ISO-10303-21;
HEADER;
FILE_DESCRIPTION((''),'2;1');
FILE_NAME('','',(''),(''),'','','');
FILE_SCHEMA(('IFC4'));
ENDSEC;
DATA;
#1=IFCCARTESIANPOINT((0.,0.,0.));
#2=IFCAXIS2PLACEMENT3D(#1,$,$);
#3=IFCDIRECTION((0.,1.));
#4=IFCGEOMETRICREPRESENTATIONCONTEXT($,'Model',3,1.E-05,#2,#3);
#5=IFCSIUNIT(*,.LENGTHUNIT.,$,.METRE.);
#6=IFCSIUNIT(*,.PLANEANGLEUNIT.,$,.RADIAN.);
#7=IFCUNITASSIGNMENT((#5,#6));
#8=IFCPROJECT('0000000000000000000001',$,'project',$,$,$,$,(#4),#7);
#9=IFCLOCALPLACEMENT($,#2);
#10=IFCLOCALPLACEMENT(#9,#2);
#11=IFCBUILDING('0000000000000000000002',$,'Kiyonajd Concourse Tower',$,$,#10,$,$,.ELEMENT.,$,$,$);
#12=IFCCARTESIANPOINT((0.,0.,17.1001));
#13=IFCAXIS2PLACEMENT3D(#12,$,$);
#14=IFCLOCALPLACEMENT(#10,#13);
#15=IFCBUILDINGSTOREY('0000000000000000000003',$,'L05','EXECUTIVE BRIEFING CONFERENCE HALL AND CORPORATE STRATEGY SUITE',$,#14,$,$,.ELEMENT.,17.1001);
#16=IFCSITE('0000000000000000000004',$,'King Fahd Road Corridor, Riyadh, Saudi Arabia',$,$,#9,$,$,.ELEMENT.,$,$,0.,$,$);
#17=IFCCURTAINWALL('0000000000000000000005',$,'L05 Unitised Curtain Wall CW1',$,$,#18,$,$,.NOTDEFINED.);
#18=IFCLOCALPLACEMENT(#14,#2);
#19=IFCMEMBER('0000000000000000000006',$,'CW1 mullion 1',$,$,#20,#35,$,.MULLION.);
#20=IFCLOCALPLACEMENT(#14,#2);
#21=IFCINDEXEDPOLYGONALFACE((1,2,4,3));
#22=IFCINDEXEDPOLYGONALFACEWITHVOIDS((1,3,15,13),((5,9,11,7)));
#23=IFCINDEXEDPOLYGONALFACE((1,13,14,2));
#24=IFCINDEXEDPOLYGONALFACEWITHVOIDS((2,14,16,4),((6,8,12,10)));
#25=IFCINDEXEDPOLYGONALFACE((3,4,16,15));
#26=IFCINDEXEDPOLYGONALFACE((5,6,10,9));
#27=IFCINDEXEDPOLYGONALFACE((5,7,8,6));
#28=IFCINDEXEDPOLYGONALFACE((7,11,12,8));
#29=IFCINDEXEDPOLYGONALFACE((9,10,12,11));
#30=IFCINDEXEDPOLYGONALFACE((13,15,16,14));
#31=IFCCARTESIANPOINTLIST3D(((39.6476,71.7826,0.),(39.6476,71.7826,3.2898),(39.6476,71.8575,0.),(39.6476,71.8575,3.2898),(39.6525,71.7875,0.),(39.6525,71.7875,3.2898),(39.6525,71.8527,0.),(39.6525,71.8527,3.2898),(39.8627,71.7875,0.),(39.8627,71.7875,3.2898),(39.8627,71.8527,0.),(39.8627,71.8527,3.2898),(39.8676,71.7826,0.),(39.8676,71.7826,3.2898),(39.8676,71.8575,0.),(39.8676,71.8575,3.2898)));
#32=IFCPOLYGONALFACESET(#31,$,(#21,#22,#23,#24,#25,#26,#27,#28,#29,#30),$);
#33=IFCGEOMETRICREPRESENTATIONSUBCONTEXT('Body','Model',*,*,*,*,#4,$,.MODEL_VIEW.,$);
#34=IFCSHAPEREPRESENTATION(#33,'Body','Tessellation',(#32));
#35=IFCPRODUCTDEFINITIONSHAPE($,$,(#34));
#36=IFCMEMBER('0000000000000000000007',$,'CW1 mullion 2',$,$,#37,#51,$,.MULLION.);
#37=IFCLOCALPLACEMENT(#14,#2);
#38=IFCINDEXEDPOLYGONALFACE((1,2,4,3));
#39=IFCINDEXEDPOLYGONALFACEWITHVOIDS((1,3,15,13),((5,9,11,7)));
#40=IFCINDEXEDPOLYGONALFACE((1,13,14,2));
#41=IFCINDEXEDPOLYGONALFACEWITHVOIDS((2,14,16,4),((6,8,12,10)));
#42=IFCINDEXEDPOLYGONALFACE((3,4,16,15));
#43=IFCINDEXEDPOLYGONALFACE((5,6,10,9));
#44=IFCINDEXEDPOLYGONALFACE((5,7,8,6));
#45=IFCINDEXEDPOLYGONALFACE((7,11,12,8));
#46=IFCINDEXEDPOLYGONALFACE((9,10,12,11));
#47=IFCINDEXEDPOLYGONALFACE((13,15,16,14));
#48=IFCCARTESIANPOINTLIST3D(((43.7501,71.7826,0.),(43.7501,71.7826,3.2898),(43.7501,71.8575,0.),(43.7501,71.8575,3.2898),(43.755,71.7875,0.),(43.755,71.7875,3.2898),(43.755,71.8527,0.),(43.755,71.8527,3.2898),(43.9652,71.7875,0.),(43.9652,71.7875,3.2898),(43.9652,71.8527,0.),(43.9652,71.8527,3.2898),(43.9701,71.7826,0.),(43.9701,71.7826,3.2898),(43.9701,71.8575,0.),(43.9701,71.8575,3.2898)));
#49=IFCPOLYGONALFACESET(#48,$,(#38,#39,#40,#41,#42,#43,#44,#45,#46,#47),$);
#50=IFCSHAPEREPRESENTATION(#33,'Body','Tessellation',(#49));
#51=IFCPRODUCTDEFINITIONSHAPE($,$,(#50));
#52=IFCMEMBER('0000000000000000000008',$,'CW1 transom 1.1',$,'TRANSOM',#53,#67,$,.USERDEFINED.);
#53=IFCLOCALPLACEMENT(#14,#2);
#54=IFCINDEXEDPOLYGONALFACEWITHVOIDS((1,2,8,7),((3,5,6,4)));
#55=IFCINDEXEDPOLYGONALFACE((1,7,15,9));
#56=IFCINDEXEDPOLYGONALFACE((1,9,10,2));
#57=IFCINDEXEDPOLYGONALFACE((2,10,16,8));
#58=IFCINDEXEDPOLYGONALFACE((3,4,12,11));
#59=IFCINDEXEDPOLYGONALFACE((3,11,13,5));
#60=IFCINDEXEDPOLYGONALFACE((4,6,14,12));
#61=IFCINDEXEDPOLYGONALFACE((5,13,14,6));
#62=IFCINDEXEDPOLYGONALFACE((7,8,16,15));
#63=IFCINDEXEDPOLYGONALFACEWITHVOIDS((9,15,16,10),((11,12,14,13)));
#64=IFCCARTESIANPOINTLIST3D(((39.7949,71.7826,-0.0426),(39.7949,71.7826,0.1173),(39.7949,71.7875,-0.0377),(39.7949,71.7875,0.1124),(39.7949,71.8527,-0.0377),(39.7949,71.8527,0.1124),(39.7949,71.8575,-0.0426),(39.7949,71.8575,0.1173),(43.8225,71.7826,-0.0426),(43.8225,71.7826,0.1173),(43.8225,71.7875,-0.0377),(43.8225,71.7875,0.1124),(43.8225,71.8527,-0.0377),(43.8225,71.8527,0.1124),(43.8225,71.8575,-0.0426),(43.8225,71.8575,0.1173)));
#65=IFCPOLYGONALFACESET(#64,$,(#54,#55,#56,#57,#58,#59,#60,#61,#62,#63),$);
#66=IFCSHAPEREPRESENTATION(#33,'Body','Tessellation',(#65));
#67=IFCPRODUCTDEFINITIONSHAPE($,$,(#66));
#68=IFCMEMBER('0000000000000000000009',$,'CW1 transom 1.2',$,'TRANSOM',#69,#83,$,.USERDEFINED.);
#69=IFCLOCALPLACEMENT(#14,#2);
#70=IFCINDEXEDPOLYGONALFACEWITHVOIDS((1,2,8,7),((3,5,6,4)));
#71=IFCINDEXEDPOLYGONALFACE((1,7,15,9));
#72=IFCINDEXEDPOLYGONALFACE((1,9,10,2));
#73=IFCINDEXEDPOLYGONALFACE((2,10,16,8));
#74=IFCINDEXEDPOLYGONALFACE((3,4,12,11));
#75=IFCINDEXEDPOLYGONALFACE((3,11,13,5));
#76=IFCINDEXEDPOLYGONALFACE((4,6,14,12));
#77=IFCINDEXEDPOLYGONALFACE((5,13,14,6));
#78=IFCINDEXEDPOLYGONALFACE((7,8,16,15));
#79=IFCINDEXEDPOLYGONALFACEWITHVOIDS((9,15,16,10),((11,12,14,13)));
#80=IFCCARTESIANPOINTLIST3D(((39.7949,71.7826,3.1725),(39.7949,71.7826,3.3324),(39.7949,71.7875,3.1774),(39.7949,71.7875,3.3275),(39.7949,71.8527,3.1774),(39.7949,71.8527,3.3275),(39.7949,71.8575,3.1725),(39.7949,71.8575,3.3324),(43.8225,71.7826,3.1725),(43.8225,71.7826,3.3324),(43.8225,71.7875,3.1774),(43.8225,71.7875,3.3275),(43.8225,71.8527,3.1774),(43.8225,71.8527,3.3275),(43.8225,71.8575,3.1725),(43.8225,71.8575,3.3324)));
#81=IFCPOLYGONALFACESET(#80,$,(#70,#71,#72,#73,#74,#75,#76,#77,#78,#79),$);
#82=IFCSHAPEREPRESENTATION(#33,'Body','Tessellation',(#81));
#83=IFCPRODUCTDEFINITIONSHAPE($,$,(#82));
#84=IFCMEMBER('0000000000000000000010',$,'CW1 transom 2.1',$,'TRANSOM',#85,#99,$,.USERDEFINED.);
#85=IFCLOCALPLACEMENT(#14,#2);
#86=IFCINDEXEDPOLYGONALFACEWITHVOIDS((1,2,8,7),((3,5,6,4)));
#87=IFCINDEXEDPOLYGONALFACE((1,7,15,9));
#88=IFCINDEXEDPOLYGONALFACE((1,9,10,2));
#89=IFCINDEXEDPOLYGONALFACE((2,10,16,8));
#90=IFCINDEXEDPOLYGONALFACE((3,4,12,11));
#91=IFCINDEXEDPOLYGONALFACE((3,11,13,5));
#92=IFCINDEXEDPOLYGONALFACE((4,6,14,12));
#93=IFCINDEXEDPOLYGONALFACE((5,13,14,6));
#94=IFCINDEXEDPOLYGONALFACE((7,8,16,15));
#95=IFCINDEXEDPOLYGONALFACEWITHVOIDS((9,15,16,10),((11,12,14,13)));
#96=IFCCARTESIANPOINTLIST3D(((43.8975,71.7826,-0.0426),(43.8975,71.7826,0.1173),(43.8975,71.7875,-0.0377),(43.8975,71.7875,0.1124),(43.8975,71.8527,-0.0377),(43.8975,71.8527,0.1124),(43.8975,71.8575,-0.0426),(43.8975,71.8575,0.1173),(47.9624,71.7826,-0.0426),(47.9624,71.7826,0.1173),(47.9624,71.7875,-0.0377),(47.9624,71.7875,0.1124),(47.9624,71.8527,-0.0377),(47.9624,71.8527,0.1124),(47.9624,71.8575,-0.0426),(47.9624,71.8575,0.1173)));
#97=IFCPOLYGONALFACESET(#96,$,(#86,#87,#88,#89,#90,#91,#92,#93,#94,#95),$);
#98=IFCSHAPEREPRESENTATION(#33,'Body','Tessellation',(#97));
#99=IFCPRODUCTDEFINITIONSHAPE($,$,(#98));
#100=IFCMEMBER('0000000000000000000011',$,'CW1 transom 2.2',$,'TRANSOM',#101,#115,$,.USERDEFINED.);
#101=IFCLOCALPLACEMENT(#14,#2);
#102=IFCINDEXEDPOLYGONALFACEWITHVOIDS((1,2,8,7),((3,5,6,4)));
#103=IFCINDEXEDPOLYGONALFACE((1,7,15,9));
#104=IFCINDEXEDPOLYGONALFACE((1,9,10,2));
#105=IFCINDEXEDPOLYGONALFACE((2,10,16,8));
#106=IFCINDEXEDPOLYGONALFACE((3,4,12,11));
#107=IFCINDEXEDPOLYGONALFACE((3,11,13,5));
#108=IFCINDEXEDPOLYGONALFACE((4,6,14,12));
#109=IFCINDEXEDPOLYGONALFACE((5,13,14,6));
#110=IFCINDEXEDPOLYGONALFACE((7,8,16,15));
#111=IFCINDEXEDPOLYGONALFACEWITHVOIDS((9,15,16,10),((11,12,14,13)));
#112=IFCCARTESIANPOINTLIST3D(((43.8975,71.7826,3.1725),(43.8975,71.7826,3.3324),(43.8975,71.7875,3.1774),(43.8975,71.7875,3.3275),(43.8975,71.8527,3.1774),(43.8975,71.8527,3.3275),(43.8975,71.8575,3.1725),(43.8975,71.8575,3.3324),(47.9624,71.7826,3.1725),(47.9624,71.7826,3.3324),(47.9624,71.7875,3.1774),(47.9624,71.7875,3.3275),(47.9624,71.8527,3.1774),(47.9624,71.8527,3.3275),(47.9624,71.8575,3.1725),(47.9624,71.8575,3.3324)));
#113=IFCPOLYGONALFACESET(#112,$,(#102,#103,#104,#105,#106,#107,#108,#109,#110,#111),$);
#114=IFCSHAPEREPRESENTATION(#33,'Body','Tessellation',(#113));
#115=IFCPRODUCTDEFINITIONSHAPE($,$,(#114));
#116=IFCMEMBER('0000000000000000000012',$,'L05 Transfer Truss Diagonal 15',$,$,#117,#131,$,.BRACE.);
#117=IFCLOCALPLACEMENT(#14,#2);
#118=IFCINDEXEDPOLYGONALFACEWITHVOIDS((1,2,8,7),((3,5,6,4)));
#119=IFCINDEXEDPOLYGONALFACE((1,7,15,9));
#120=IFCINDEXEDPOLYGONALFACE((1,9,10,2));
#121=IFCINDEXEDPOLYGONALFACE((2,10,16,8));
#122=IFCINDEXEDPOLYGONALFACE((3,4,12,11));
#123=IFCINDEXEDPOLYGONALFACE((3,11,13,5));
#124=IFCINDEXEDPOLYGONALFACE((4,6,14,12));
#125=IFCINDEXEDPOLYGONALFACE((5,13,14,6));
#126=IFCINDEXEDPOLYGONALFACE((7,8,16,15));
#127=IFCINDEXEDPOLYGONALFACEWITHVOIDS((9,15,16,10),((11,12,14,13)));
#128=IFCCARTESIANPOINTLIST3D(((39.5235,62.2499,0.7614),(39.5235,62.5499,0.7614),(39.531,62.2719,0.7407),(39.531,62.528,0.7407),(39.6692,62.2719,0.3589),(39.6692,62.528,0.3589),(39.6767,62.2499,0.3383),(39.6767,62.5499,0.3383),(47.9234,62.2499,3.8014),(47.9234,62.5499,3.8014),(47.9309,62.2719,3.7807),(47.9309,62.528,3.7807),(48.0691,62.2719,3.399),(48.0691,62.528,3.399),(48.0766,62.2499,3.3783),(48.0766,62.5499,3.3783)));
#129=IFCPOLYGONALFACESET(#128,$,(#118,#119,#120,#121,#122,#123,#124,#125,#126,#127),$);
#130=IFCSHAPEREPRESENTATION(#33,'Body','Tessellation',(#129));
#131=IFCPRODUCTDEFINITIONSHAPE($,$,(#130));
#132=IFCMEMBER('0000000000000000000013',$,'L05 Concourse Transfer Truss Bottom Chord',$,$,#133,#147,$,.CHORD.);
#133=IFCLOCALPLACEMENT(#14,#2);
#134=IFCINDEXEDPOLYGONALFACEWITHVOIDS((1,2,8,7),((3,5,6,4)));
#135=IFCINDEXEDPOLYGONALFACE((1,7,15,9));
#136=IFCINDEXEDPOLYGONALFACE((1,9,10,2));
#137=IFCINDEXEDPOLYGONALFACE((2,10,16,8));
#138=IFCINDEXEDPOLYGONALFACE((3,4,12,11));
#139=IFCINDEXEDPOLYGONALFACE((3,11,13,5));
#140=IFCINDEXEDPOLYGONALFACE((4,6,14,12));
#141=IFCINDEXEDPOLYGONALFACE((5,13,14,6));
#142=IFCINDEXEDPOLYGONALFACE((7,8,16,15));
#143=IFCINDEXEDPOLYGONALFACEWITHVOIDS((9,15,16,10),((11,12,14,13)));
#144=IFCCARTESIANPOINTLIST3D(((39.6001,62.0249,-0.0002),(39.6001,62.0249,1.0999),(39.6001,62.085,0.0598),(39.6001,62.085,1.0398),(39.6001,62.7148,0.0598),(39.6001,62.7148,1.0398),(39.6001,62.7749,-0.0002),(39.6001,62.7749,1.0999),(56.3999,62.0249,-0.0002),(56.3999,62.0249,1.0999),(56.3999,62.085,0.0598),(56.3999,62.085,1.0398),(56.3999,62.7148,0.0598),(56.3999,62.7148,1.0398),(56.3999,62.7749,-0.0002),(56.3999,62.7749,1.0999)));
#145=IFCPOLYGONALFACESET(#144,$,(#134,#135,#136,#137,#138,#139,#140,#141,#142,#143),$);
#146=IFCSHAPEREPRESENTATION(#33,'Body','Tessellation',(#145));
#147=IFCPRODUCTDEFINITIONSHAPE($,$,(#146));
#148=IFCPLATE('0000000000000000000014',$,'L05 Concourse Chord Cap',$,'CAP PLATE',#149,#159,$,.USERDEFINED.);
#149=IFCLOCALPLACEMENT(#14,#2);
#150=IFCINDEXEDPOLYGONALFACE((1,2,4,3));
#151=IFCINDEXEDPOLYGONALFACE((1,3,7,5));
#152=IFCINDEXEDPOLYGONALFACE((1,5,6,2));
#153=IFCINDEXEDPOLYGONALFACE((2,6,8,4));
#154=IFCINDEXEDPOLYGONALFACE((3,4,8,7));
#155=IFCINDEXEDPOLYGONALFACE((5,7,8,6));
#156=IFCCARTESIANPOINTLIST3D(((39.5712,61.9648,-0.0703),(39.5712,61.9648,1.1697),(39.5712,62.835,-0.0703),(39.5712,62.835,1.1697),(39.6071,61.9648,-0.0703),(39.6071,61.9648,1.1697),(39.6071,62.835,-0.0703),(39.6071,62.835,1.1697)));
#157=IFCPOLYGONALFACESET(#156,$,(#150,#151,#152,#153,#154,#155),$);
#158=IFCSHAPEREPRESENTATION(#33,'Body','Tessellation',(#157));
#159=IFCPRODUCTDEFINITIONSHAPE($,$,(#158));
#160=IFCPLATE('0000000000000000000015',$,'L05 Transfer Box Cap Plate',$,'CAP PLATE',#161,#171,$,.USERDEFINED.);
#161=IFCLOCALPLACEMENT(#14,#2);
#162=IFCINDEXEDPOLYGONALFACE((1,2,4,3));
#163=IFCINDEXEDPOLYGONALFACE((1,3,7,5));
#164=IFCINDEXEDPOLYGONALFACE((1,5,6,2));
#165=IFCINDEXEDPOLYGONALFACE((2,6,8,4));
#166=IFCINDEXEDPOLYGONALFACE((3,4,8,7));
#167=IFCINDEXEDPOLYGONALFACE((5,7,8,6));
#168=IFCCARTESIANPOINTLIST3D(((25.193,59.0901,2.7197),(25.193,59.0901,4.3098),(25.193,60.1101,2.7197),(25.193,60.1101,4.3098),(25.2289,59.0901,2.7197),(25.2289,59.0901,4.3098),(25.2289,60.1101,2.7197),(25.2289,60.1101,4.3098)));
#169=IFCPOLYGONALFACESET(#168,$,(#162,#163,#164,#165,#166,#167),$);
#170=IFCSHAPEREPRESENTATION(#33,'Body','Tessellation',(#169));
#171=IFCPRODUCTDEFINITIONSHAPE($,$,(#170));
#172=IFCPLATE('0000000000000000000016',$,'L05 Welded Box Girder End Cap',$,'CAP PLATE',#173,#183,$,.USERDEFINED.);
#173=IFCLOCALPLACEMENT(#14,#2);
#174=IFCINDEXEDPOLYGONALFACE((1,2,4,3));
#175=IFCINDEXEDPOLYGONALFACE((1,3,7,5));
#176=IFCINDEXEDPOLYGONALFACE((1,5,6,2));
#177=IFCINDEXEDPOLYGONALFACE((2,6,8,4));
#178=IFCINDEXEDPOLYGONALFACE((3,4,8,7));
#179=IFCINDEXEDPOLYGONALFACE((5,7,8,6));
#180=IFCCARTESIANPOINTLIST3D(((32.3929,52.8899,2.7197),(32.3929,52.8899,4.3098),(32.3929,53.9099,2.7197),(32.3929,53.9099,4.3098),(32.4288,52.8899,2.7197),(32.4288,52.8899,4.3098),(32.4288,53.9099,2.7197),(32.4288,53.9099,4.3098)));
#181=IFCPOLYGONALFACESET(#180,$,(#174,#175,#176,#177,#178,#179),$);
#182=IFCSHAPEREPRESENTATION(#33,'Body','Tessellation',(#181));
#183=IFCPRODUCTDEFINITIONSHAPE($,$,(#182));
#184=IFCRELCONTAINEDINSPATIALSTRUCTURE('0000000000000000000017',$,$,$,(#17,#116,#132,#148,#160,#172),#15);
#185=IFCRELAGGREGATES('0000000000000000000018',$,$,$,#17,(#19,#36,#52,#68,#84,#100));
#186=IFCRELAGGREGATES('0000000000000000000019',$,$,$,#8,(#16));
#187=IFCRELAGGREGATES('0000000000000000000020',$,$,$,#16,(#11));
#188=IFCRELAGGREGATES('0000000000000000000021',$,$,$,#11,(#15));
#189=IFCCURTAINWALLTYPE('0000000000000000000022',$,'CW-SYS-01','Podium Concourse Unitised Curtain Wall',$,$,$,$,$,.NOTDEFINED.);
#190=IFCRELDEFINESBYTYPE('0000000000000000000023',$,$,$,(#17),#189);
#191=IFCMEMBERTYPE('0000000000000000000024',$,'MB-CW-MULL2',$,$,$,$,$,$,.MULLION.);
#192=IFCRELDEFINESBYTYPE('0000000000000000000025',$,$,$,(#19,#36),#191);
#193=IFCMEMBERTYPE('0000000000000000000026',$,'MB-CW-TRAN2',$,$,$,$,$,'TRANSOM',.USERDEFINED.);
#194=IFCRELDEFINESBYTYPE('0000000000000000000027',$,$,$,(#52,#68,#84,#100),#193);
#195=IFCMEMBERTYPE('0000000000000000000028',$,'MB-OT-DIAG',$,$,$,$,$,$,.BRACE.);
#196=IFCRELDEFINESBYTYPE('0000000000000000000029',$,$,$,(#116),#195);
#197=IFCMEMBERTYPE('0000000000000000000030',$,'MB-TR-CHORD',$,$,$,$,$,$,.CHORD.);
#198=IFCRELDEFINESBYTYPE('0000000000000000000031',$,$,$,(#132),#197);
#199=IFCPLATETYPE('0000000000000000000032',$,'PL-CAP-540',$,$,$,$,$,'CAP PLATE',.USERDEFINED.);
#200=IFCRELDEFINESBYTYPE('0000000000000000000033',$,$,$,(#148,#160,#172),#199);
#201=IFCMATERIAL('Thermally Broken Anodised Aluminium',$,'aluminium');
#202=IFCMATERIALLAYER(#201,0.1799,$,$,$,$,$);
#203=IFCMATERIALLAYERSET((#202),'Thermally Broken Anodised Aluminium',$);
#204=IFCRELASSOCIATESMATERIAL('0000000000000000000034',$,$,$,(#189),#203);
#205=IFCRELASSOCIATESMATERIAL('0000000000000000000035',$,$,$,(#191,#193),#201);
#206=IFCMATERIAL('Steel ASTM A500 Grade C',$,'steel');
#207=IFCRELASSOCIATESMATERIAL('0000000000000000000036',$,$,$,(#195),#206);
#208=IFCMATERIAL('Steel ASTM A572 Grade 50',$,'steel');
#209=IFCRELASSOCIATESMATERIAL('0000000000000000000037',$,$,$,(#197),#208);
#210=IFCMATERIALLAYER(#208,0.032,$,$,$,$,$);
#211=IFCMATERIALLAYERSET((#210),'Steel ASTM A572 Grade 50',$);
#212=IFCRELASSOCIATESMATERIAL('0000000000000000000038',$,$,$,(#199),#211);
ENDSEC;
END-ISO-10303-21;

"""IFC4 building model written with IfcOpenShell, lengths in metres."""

from ifc_helpers import new_model, si_unit, direction, frame, origin, origin_2d, place, context, subcontext, project, spatial, rectangle, hollow_rectangle, extrude, material, layer, layer_set, material_profile, profile_set, type_object, element, aggregate, save


model = new_model("IFC4")

# Units and contexts
model_context = context("Model", 3, precision=1e-05, world=origin(), true_north=direction((0.0, 1.0)))
body_context = subcontext(model_context, "Body", "Model", "MODEL_VIEW")
ifc_project = project(units=[si_unit("LENGTHUNIT", "METRE"), si_unit("PLANEANGLEUNIT", "RADIAN")], contexts=[model_context])

# Site, building, storey
site_placement = place(None, origin())
site = spatial("IfcSite", under=ifc_project, at=site_placement, Name="King Fahd Road Corridor, Riyadh, Saudi Arabia", CompositionType="ELEMENT", RefElevation=0.0)
building_placement = place(site_placement, origin())
building = spatial("IfcBuilding", under=site, at=building_placement, Name="Kiyonajd Concourse Tower", CompositionType="ELEMENT")
storey_placement = place(building_placement, frame((0.0, 0.0, 17.1001)))
storey = spatial("IfcBuildingStorey", under=building, at=storey_placement, Name="L05", Description="EXECUTIVE BRIEFING CONFERENCE HALL AND CORPORATE STRATEGY SUITE", CompositionType="ELEMENT", Elevation=17.1001)

# Shared definitions
ifc_material_1 = material(Name="Steel ASTM A572 Grade 50", Category="steel")

# Curtain wall, members
ifc_material_2 = material(Name="Thermally Broken Anodised Aluminium", Category="aluminium")
ifc_layer_1 = layer(ifc_material_2, 0.1799)
ifc_layer_set_1 = layer_set([ifc_layer_1], Name="Thermally Broken Anodised Aluminium")
curtain_wall_type = type_object("IfcCurtainWallType", Name="CW-SYS-01", Description="Podium Concourse Unitised Curtain Wall", PredefinedType="NOTDEFINED", material=ifc_layer_set_1)
curtain_wall_placement = place(storey_placement, origin())
curtain_wall = element("IfcCurtainWall", 1, at=curtain_wall_placement, inside=storey, type_object=curtain_wall_type, Name="L05 Unitised Curtain Wall CW1", PredefinedType="NOTDEFINED")
ifc_material_profile_1 = material_profile(ifc_material_2, hollow_rectangle(XDim=0.075, YDim=0.22, WallThickness=0.0049, at=origin_2d()), Name="MULL-75x220")
ifc_profile_set_1 = profile_set([ifc_material_profile_1], Name="Thermally Broken Anodised Aluminium")
member_type_1 = type_object("IfcMemberType", Name="MB-CW-MULL2", PredefinedType="MULLION", material=ifc_profile_set_1)
member_1_placement = place(storey_placement, frame((39.7576, 71.8201, 0.0), z_axis=(0.0, 0.0, 1.0), x_axis=(0.0, 1.0, 0.0)))
member_1 = element("IfcMember", 2, at=member_1_placement, type_object=member_type_1, Name="CW1 mullion 1", PredefinedType="MULLION", context=body_context, shape_type="SweptSolid", body=[
    extrude(hollow_rectangle(XDim=0.075, YDim=0.22, WallThickness=0.0049, at=origin_2d()), origin(), (0.0, 0.0, 1.0), 3.2898),
])
member_2_placement = place(storey_placement, frame((43.8601, 71.8201, 0.0), z_axis=(0.0, 0.0, 1.0), x_axis=(0.0, 1.0, 0.0)))
member_2 = element("IfcMember", 3, at=member_2_placement, type_object=member_type_1, Name="CW1 mullion 2", PredefinedType="MULLION", context=body_context, shape_type="SweptSolid", body=[
    extrude(hollow_rectangle(XDim=0.075, YDim=0.22, WallThickness=0.0049, at=origin_2d()), origin(), (0.0, 0.0, 1.0), 3.2898),
])
ifc_material_profile_2 = material_profile(ifc_material_2, hollow_rectangle(XDim=0.075, YDim=0.1599, WallThickness=0.0049, at=origin_2d()), Name="TRAN-75x160")
ifc_profile_set_2 = profile_set([ifc_material_profile_2], Name="Thermally Broken Anodised Aluminium")
member_type_2 = type_object("IfcMemberType", Name="MB-CW-TRAN2", ElementType="TRANSOM", PredefinedType="USERDEFINED", material=ifc_profile_set_2)
member_3_placement = place(storey_placement, frame((39.7949, 71.8201, 0.0374), z_axis=(1.0, 0.0, 0.0), x_axis=(0.0, 1.0, 0.0)))
member_3 = element("IfcMember", 4, at=member_3_placement, type_object=member_type_2, Name="CW1 transom 1.1", ObjectType="TRANSOM", PredefinedType="USERDEFINED", context=body_context, shape_type="SweptSolid", body=[
    extrude(hollow_rectangle(XDim=0.075, YDim=0.1599, WallThickness=0.0049, at=origin_2d()), origin(), (0.0, 0.0, 1.0), 4.0276),
])
member_4_placement = place(storey_placement, frame((39.7949, 71.8201, 3.2524), z_axis=(1.0, 0.0, 0.0), x_axis=(0.0, 1.0, 0.0)))
member_4 = element("IfcMember", 5, at=member_4_placement, type_object=member_type_2, Name="CW1 transom 1.2", ObjectType="TRANSOM", PredefinedType="USERDEFINED", context=body_context, shape_type="SweptSolid", body=[
    extrude(hollow_rectangle(XDim=0.075, YDim=0.1599, WallThickness=0.0049, at=origin_2d()), origin(), (0.0, 0.0, 1.0), 4.0276),
])
member_5_placement = place(storey_placement, frame((43.8975, 71.8201, 0.0374), z_axis=(1.0, 0.0, 0.0), x_axis=(0.0, 1.0, 0.0)))
member_5 = element("IfcMember", 6, at=member_5_placement, type_object=member_type_2, Name="CW1 transom 2.1", ObjectType="TRANSOM", PredefinedType="USERDEFINED", context=body_context, shape_type="SweptSolid", body=[
    extrude(hollow_rectangle(XDim=0.075, YDim=0.1599, WallThickness=0.0049, at=origin_2d()), origin(), (0.0, 0.0, 1.0), 4.0649),
])
member_6_placement = place(storey_placement, frame((43.8975, 71.8201, 3.2524), z_axis=(1.0, 0.0, 0.0), x_axis=(0.0, 1.0, 0.0)))
member_6 = element("IfcMember", 7, at=member_6_placement, type_object=member_type_2, Name="CW1 transom 2.2", ObjectType="TRANSOM", PredefinedType="USERDEFINED", context=body_context, shape_type="SweptSolid", body=[
    extrude(hollow_rectangle(XDim=0.075, YDim=0.1599, WallThickness=0.0049, at=origin_2d()), origin(), (0.0, 0.0, 1.0), 4.0649),
])

# Members
ifc_material_3 = material(Name="Steel ASTM A500 Grade C", Category="steel")
ifc_material_profile_3 = material_profile(ifc_material_3, hollow_rectangle(XDim=0.3, YDim=0.45, WallThickness=0.022, at=origin_2d()), Name="HSS-450x300x22")
ifc_profile_set_3 = profile_set([ifc_material_profile_3], Name="Steel ASTM A500 Grade C")
member_type_3 = type_object("IfcMemberType", Name="MB-OT-DIAG", PredefinedType="BRACE", material=ifc_profile_set_3)
member_7_placement = place(storey_placement, frame((39.6001, 62.3999, 0.5498), z_axis=(0.940313, 0.0, 0.340312), x_axis=(0.0, 1.0, 0.0)))
element("IfcMember", 8, at=member_7_placement, inside=storey, type_object=member_type_3, Name="L05 Transfer Truss Diagonal 15", PredefinedType="BRACE", context=body_context, shape_type="SweptSolid", body=[
    extrude(hollow_rectangle(XDim=0.3, YDim=0.45, WallThickness=0.022, at=origin_2d()), origin(), (0.0, 0.0, 1.0), 8.9331),
])
ifc_material_profile_4 = material_profile(ifc_material_1, hollow_rectangle(XDim=0.75, YDim=1.1001, WallThickness=0.0601, at=origin_2d()), Name="BOX-1100x750x60")
ifc_profile_set_4 = profile_set([ifc_material_profile_4], Name="Steel ASTM A572 Grade 50")
member_type_4 = type_object("IfcMemberType", Name="MB-TR-CHORD", PredefinedType="CHORD", material=ifc_profile_set_4)
member_8_placement = place(storey_placement, frame((39.6001, 62.3999, 0.5498), z_axis=(1.0, 0.0, 0.0), x_axis=(0.0, 1.0, 0.0)))
element("IfcMember", 9, at=member_8_placement, inside=storey, type_object=member_type_4, Name="L05 Concourse Transfer Truss Bottom Chord", PredefinedType="CHORD", context=body_context, shape_type="SweptSolid", body=[
    extrude(hollow_rectangle(XDim=0.75, YDim=1.1001, WallThickness=0.0601, at=origin_2d()), origin(), (0.0, 0.0, 1.0), 16.7998),
])

# Plates
ifc_layer_2 = layer(ifc_material_1, 0.032)
ifc_layer_set_2 = layer_set([ifc_layer_2], Name="Steel ASTM A572 Grade 50")
plate_type_1 = type_object("IfcPlateType", Name="PL-CAP-540", ElementType="CAP PLATE", PredefinedType="USERDEFINED", material=ifc_layer_set_2)
plate_1_placement = place(storey_placement, frame((39.5891, 62.3999, -0.0703), z_axis=(0.0, 0.0, 1.0), x_axis=(-1.0, 0.0, 0.0)))
element("IfcPlate", 10, at=plate_1_placement, inside=storey, type_object=plate_type_1, Name="L05 Concourse Chord Cap", ObjectType="CAP PLATE", PredefinedType="USERDEFINED", context=body_context, shape_type="SweptSolid", body=[
    extrude(rectangle(XDim=0.0359, YDim=0.8701, at=origin_2d()), origin(), (0.0, 0.0, 1.0), 1.24),
])
for number, where, z_axis, x_axis, name in (
    (11, (25.2109, 59.6001, 2.7197), (0.0, 0.0, 1.0), (1.0, 0.0, 0.0), "L05 Transfer Box Cap Plate"),
    (12, (32.4109, 53.3999, 2.7197), (0.0, 0.0, 1.0), (1.0, 0.0, 0.0), "L05 Welded Box Girder End Cap"),
):
    element("IfcPlate", number, at=place(storey_placement, frame(where, z_axis=z_axis, x_axis=x_axis)), inside=storey, type_object=plate_type_1, Name=name, ObjectType="CAP PLATE", PredefinedType="USERDEFINED", context=body_context, shape_type="SweptSolid", body=[
        extrude(rectangle(XDim=0.0359, YDim=1.02, at=origin_2d()), origin(), (0.0, 0.0, 1.0), 1.5901),
    ])

aggregate(curtain_wall, [member_1, member_2, member_3, member_4, member_5, member_6])

save(model, "model.ifc")
